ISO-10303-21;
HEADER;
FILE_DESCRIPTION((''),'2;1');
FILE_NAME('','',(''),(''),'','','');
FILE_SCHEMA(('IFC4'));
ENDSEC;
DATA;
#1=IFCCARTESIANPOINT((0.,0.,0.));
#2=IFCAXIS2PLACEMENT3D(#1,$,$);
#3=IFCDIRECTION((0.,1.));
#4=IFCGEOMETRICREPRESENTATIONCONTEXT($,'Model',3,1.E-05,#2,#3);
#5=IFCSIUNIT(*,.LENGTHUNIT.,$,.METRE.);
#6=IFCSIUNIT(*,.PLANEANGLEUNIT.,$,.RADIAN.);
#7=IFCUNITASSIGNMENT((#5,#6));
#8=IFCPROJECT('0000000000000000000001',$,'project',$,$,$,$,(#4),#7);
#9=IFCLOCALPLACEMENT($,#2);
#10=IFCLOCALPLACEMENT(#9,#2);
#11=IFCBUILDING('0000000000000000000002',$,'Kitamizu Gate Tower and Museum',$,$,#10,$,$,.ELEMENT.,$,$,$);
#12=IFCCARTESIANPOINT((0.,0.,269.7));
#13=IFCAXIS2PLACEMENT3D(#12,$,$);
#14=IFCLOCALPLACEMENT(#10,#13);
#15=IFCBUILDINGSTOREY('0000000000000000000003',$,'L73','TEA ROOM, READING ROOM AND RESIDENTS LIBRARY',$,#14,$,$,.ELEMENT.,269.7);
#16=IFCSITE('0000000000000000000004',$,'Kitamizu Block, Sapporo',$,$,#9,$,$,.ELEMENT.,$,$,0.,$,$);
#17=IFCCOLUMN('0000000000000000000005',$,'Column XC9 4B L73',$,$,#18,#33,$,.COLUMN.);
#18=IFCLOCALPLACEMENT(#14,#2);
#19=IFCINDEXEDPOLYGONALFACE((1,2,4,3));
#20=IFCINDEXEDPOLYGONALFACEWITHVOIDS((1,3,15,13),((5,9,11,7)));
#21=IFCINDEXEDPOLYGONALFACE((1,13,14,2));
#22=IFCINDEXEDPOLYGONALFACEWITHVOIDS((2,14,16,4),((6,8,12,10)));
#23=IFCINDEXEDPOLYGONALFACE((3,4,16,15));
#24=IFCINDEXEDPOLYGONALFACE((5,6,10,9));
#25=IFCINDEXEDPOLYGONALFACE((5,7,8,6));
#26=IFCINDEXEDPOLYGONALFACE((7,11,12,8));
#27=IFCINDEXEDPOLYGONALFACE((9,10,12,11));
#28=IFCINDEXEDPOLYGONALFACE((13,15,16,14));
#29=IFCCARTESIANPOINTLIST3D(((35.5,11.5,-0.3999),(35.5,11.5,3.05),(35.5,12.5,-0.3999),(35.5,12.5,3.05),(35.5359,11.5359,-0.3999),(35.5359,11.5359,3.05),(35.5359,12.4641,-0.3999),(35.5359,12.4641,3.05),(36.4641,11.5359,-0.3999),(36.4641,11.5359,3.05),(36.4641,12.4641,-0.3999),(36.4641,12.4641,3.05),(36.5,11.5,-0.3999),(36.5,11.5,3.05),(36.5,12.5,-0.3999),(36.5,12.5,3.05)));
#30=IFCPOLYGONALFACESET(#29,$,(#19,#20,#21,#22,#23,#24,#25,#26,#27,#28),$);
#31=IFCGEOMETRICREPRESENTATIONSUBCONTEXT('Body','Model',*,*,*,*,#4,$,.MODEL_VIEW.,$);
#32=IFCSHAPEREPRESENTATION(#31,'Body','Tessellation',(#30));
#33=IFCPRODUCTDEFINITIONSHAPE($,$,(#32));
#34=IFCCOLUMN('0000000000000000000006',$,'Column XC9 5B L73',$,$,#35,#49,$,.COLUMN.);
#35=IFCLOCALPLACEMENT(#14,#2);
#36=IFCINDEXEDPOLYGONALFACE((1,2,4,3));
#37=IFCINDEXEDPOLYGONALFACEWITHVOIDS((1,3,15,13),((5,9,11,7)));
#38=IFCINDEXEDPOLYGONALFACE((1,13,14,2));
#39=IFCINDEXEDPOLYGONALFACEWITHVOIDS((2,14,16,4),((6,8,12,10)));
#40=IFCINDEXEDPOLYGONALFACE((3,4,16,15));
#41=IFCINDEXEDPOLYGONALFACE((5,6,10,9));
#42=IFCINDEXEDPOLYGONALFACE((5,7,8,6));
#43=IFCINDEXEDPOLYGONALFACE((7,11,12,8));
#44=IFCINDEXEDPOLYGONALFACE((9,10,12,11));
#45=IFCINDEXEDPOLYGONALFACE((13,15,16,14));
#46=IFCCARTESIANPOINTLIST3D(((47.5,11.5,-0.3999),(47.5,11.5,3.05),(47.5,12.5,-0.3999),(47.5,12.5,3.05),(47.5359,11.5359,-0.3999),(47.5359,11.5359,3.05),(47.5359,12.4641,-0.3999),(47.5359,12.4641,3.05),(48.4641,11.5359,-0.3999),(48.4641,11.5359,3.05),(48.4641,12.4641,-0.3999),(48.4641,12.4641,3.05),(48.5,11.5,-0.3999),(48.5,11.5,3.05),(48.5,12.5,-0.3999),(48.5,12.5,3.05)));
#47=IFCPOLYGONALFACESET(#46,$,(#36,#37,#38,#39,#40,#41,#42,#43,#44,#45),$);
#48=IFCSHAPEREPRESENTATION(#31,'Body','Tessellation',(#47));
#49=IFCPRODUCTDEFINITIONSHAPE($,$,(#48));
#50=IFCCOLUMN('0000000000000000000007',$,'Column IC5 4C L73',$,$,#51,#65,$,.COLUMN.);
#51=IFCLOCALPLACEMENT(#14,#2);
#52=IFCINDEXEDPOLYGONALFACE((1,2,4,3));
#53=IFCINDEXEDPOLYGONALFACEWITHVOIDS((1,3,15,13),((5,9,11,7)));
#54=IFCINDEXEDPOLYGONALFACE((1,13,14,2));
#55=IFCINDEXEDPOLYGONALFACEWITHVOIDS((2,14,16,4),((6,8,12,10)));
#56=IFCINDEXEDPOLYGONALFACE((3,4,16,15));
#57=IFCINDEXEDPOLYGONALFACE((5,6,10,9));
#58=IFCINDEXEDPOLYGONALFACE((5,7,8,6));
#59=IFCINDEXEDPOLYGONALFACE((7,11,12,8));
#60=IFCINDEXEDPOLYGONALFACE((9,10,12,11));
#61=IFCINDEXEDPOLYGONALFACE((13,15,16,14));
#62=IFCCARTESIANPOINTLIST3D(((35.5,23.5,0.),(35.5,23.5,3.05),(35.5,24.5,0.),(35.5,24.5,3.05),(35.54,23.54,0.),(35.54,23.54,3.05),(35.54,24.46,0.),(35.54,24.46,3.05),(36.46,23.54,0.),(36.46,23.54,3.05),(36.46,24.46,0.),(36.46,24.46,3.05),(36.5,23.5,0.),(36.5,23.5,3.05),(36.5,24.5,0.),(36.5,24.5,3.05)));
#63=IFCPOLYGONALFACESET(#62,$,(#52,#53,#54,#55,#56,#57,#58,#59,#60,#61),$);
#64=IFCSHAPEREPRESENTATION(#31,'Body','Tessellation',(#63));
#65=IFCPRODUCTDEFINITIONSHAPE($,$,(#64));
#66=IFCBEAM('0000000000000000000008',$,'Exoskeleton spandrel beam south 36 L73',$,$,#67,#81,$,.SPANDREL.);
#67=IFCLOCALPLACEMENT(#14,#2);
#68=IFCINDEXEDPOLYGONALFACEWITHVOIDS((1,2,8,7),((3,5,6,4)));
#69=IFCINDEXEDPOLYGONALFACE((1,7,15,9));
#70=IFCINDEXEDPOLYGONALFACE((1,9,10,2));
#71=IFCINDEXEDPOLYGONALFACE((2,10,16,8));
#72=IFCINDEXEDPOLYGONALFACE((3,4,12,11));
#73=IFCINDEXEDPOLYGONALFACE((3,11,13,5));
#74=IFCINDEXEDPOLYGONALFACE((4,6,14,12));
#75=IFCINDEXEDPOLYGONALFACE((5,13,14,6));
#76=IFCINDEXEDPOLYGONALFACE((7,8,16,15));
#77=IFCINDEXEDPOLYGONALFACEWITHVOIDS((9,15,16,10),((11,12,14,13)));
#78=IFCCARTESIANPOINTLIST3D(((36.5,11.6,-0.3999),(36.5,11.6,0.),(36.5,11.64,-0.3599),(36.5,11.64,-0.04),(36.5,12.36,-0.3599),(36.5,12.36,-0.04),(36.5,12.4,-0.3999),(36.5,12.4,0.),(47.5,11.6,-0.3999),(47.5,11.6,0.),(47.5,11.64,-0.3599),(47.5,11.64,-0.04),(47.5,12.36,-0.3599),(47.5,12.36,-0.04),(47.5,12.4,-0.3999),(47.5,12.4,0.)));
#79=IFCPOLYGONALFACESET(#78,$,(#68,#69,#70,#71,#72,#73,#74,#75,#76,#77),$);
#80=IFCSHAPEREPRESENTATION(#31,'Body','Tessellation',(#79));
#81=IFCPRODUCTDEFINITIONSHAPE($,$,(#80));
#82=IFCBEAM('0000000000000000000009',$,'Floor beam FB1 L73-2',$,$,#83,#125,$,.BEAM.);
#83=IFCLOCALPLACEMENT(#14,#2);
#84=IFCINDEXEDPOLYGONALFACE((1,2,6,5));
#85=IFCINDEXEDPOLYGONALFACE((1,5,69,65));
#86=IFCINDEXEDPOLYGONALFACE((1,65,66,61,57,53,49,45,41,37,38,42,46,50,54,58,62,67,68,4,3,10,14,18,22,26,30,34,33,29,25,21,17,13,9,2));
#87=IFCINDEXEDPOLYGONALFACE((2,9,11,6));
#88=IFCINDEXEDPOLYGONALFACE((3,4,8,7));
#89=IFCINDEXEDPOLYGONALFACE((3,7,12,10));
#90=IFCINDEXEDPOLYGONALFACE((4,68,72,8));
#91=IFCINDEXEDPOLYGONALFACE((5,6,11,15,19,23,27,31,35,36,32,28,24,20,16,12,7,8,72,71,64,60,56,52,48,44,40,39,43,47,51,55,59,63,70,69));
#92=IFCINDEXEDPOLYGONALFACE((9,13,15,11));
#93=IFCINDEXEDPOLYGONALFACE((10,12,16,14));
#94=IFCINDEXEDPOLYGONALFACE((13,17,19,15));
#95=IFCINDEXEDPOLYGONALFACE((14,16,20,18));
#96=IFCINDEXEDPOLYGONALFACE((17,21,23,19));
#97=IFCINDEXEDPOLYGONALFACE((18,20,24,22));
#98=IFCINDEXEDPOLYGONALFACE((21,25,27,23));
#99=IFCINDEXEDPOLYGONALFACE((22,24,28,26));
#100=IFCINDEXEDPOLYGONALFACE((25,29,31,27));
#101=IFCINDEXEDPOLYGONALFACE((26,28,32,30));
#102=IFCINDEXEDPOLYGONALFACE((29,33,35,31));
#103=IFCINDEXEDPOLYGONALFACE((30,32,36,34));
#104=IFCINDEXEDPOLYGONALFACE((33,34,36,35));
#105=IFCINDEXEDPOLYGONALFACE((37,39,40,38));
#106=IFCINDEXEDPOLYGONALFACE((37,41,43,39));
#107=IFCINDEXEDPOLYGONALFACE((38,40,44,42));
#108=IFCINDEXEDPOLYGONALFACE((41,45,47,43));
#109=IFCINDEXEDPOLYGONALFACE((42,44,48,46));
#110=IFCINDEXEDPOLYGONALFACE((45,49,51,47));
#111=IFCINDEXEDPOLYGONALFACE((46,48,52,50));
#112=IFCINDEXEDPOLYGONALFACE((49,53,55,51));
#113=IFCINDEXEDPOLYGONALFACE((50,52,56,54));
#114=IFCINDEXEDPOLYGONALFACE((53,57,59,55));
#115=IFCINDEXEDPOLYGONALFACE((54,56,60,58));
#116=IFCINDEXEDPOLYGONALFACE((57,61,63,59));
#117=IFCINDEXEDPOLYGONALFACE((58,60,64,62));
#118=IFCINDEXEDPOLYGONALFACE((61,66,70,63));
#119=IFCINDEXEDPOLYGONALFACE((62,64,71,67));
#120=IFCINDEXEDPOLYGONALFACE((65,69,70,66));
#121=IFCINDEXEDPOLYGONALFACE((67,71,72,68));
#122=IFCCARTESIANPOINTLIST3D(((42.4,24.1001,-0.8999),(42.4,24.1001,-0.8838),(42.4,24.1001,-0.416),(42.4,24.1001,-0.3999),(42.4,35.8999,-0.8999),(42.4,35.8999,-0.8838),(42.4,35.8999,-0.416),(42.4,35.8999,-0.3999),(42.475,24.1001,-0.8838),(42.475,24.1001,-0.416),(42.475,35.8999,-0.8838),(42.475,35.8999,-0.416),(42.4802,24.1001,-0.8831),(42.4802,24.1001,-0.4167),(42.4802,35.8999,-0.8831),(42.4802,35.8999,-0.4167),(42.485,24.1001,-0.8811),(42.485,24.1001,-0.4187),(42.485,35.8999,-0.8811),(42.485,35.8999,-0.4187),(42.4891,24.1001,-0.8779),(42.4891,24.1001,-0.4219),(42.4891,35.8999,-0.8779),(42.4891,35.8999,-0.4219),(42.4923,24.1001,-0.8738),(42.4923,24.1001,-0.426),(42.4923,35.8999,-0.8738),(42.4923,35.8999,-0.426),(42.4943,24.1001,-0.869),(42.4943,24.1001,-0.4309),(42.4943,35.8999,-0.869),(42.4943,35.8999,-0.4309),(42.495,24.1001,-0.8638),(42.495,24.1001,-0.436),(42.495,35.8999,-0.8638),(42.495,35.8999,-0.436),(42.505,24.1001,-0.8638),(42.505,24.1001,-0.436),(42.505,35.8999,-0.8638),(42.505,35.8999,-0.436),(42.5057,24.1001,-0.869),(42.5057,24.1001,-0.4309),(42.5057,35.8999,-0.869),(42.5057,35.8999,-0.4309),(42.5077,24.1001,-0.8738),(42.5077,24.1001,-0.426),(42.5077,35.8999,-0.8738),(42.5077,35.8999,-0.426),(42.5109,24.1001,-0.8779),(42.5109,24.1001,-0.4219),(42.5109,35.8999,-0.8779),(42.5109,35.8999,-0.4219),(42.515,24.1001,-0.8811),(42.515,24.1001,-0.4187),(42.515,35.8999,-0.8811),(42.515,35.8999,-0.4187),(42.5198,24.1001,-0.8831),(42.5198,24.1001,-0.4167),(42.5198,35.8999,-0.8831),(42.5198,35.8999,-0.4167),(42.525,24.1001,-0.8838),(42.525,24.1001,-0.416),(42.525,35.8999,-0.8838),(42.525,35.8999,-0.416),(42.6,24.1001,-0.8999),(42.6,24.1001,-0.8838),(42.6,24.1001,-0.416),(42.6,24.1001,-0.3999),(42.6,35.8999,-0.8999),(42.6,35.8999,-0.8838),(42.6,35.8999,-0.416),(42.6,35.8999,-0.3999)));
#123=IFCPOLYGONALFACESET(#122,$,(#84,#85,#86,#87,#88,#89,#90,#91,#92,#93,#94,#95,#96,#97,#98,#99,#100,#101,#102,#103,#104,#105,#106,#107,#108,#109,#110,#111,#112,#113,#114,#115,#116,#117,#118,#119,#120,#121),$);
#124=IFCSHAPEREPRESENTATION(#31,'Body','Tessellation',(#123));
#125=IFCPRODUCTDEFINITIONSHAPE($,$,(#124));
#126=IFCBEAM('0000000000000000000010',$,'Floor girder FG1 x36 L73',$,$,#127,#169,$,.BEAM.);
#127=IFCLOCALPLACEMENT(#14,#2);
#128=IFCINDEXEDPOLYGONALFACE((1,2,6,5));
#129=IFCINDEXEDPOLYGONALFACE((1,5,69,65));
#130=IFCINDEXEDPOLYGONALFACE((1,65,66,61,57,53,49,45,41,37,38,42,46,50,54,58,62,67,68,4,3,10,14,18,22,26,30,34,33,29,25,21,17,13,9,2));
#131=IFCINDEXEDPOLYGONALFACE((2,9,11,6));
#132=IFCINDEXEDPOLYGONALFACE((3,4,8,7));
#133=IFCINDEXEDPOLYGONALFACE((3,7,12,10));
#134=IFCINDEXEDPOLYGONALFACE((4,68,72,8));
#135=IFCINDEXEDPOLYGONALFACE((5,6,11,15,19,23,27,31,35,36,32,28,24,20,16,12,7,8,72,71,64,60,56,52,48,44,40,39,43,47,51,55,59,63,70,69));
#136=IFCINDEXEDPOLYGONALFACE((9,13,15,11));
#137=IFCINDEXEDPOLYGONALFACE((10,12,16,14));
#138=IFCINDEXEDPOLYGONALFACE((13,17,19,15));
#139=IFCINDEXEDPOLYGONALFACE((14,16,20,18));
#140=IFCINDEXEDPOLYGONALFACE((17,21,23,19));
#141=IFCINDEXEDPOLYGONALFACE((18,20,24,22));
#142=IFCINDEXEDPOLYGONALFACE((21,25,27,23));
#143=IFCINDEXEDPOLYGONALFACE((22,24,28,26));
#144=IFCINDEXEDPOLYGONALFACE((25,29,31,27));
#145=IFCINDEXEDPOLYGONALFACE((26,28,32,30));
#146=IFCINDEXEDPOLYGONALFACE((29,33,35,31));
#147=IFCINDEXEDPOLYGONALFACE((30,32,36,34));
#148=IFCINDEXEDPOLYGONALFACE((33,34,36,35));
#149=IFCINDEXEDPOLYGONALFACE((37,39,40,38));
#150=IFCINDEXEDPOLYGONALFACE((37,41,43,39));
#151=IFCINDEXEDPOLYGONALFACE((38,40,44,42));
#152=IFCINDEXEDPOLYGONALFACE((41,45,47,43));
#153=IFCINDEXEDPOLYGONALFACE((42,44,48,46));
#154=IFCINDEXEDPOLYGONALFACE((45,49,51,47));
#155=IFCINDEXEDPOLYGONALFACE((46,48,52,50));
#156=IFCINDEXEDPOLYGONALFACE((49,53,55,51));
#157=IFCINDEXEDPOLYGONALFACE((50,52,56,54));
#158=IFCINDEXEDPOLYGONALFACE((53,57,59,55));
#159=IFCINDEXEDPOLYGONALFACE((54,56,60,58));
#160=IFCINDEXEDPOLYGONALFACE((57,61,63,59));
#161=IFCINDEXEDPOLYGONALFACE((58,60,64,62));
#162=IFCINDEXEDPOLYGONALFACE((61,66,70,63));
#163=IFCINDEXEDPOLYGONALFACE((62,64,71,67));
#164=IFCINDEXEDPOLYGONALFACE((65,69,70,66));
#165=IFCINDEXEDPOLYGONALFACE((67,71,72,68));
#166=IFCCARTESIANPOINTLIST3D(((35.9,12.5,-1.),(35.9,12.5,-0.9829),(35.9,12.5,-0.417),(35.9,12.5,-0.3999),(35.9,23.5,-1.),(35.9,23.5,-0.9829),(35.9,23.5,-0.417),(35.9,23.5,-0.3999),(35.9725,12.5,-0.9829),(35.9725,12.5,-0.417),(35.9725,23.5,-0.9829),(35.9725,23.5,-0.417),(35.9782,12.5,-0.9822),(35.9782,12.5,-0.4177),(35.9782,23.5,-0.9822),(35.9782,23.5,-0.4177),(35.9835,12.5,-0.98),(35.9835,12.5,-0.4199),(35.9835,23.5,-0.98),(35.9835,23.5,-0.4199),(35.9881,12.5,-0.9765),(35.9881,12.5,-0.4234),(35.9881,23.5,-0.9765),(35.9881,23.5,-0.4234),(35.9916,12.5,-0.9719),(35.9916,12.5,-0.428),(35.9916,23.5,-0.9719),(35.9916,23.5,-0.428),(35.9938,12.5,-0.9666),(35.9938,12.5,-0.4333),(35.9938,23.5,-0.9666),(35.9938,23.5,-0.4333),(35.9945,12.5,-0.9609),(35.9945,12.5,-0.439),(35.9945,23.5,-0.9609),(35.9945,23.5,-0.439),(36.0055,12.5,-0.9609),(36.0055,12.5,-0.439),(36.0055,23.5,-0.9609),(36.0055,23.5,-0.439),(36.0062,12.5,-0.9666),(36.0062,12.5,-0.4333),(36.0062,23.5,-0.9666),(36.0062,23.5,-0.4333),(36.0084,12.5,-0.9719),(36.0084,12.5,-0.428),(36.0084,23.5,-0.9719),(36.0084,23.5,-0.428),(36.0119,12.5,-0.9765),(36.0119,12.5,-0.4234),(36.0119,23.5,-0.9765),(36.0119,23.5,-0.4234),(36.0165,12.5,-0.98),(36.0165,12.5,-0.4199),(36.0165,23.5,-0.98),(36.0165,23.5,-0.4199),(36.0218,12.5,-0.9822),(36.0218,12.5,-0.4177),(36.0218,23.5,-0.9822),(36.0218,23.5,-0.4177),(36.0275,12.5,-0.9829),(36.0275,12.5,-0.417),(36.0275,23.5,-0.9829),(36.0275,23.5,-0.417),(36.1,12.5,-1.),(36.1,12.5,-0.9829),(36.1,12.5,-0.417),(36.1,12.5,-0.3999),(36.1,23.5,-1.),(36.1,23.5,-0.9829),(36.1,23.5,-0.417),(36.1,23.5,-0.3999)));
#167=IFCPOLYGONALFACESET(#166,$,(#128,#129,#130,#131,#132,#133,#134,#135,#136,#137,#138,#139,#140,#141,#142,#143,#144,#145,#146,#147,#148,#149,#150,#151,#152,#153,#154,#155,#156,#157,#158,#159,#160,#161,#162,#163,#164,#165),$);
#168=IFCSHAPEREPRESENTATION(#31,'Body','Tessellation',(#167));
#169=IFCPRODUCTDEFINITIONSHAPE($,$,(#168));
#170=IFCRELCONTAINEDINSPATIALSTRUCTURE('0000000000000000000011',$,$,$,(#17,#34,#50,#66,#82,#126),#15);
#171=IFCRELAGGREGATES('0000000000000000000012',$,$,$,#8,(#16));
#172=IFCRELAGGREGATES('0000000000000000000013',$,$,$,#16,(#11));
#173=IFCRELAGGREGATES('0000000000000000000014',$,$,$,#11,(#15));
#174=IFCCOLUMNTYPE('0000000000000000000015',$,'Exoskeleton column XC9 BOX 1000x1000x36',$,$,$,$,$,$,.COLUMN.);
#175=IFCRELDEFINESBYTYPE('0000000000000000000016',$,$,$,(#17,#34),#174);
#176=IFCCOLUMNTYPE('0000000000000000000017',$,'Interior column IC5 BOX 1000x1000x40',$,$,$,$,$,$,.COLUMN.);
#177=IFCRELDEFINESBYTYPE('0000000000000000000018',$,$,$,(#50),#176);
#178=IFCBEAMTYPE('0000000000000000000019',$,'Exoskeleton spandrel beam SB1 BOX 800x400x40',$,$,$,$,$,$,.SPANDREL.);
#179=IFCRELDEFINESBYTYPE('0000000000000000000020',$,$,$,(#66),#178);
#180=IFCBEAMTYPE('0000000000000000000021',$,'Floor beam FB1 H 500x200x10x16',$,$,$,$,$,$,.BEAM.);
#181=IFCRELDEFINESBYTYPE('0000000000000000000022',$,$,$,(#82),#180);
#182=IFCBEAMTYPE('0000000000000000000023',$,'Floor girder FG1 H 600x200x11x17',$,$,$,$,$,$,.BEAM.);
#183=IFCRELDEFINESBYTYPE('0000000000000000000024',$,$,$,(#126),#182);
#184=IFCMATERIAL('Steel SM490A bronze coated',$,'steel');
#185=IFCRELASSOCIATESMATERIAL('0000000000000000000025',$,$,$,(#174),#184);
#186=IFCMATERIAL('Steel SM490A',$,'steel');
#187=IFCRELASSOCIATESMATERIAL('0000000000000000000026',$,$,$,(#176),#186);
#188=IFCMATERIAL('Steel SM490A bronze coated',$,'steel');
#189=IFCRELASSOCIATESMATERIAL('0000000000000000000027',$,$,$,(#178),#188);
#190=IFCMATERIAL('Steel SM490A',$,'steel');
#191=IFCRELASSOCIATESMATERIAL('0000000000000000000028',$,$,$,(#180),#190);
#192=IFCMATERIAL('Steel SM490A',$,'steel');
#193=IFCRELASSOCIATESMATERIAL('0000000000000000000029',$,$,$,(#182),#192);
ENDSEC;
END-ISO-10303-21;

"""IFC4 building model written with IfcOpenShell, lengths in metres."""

from ifc_helpers import new_model, si_unit, direction, frame, origin, origin_2d, place, context, subcontext, project, spatial, hollow_rectangle, i_section, extrude, material, material_profile, profile_set, type_object, element, save


model = new_model("IFC4")

# Units and contexts
model_context = context("Model", 3, precision=1e-05, world=origin(), true_north=direction((0.0, 1.0)))
body_context = subcontext(model_context, "Body", "Model", "MODEL_VIEW")
ifc_project = project(units=[si_unit("LENGTHUNIT", "METRE"), si_unit("PLANEANGLEUNIT", "RADIAN")], contexts=[model_context])

# Site, building, storey
site_placement = place(None, origin())
site = spatial("IfcSite", under=ifc_project, at=site_placement, Name="Kitamizu Block, Sapporo", CompositionType="ELEMENT", RefElevation=0.0)
building_placement = place(site_placement, origin())
building = spatial("IfcBuilding", under=site, at=building_placement, Name="Kitamizu Gate Tower and Museum", CompositionType="ELEMENT")
storey_placement = place(building_placement, frame((0.0, 0.0, 269.7)))
storey = spatial("IfcBuildingStorey", under=building, at=storey_placement, Name="L73", Description="TEA ROOM, READING ROOM AND RESIDENTS LIBRARY", CompositionType="ELEMENT", Elevation=269.7)

# Columns
ifc_material_1 = material(Name="Steel SM490A bronze coated", Category="steel")
ifc_material_profile_1 = material_profile(ifc_material_1, hollow_rectangle(XDim=1.0, YDim=1.0, WallThickness=0.0359, at=origin_2d()), Name="BOX 1000x1000x36")
ifc_profile_set_1 = profile_set([ifc_material_profile_1], Name="Steel SM490A bronze coated")
column_type_1 = type_object("IfcColumnType", Name="Exoskeleton column XC9 BOX 1000x1000x36", PredefinedType="COLUMN", material=ifc_profile_set_1)
for number, where, z_axis, x_axis, name in (
    (1, (36.0, 12.0, -0.3999), (0.0, 0.0, 1.0), (1.0, 0.0, 0.0), "Column XC9 4B L73"),
    (2, (48.0, 12.0, -0.3999), (0.0, 0.0, 1.0), (1.0, 0.0, 0.0), "Column XC9 5B L73"),
):
    element("IfcColumn", number, at=place(storey_placement, frame(where, z_axis=z_axis, x_axis=x_axis)), inside=storey, type_object=column_type_1, Name=name, PredefinedType="COLUMN", context=body_context, shape_type="SweptSolid", body=[
        extrude(hollow_rectangle(XDim=1.0, YDim=1.0, WallThickness=0.0359, at=origin_2d()), origin(), (0.0, 0.0, 1.0), 3.45),
    ])
ifc_material_2 = material(Name="Steel SM490A", Category="steel")
ifc_material_profile_2 = material_profile(ifc_material_2, hollow_rectangle(XDim=1.0, YDim=1.0, WallThickness=0.04, at=origin_2d()), Name="BOX 1000x1000x40")
ifc_profile_set_2 = profile_set([ifc_material_profile_2], Name="Steel SM490A")
column_type_2 = type_object("IfcColumnType", Name="Interior column IC5 BOX 1000x1000x40", PredefinedType="COLUMN", material=ifc_profile_set_2)
column_placement = place(storey_placement, frame((36.0, 24.0, 0.0), z_axis=(0.0, 0.0, 1.0), x_axis=(1.0, 0.0, 0.0)))
element("IfcColumn", 3, at=column_placement, inside=storey, type_object=column_type_2, Name="Column IC5 4C L73", PredefinedType="COLUMN", context=body_context, shape_type="SweptSolid", body=[
    extrude(hollow_rectangle(XDim=1.0, YDim=1.0, WallThickness=0.04, at=origin_2d()), origin(), (0.0, 0.0, 1.0), 3.05),
])

# Beams
ifc_material_3 = material(Name="Steel SM490A bronze coated", Category="steel")
ifc_material_profile_3 = material_profile(ifc_material_3, hollow_rectangle(XDim=0.8, YDim=0.3999, WallThickness=0.04, at=origin_2d()), Name="BOX 800x400x40")
ifc_profile_set_3 = profile_set([ifc_material_profile_3], Name="Steel SM490A bronze coated")
beam_type_1 = type_object("IfcBeamType", Name="Exoskeleton spandrel beam SB1 BOX 800x400x40", PredefinedType="SPANDREL", material=ifc_profile_set_3)
beam_1_placement = place(storey_placement, frame((36.5, 12.0, -0.2), z_axis=(1.0, 0.0, 0.0), x_axis=(0.0, 1.0, 0.0)))
element("IfcBeam", 4, at=beam_1_placement, inside=storey, type_object=beam_type_1, Name="Exoskeleton spandrel beam south 36 L73", PredefinedType="SPANDREL", context=body_context, shape_type="SweptSolid", body=[
    extrude(hollow_rectangle(XDim=0.8, YDim=0.3999, WallThickness=0.04, at=origin_2d()), origin(), (0.0, 0.0, 1.0), 11.0),
])
ifc_material_4 = material(Name="Steel SM490A", Category="steel")
ifc_material_profile_4 = material_profile(ifc_material_4, i_section(OverallWidth=0.2, OverallDepth=0.5, WebThickness=0.01, FlangeThickness=0.0161, FilletRadius=0.02, at=origin_2d()), Name="H-500x200x10x16")
ifc_profile_set_4 = profile_set([ifc_material_profile_4], Name="Steel SM490A")
beam_type_2 = type_object("IfcBeamType", Name="Floor beam FB1 H 500x200x10x16", PredefinedType="BEAM", material=ifc_profile_set_4)
beam_2_placement = place(storey_placement, frame((42.5, 24.1001, -0.6499), z_axis=(0.0, 1.0, 0.0), x_axis=(-1.0, 0.0, 0.0)))
element("IfcBeam", 5, at=beam_2_placement, inside=storey, type_object=beam_type_2, Name="Floor beam FB1 L73-2", PredefinedType="BEAM", context=body_context, shape_type="SweptSolid", body=[
    extrude(i_section(OverallWidth=0.2, OverallDepth=0.5, WebThickness=0.01, FlangeThickness=0.0161, FilletRadius=0.02, at=origin_2d()), origin(), (0.0, 0.0, 1.0), 11.7998),
])
ifc_material_5 = material(Name="Steel SM490A", Category="steel")
ifc_material_profile_5 = material_profile(ifc_material_5, i_section(OverallWidth=0.2, OverallDepth=0.6001, WebThickness=0.011, FlangeThickness=0.0171, FilletRadius=0.022, at=origin_2d()), Name="H-600x200x11x17")
ifc_profile_set_5 = profile_set([ifc_material_profile_5], Name="Steel SM490A")
beam_type_3 = type_object("IfcBeamType", Name="Floor girder FG1 H 600x200x11x17", PredefinedType="BEAM", material=ifc_profile_set_5)
for number, where, z_axis, x_axis, name in (
    (6, (36.0, 12.5, -0.7), (0.0, 1.0, 0.0), (-1.0, 0.0, 0.0), "Floor girder FG1 x36 L73"),
):
    element("IfcBeam", number, at=place(storey_placement, frame(where, z_axis=z_axis, x_axis=x_axis)), inside=storey, type_object=beam_type_3, Name=name, PredefinedType="BEAM", context=body_context, shape_type="SweptSolid", body=[
        extrude(i_section(OverallWidth=0.2, OverallDepth=0.6001, WebThickness=0.011, FlangeThickness=0.0171, FilletRadius=0.022, at=origin_2d()), origin(), (0.0, 0.0, 1.0), 11.0),
    ])

save(model, "model.ifc")
